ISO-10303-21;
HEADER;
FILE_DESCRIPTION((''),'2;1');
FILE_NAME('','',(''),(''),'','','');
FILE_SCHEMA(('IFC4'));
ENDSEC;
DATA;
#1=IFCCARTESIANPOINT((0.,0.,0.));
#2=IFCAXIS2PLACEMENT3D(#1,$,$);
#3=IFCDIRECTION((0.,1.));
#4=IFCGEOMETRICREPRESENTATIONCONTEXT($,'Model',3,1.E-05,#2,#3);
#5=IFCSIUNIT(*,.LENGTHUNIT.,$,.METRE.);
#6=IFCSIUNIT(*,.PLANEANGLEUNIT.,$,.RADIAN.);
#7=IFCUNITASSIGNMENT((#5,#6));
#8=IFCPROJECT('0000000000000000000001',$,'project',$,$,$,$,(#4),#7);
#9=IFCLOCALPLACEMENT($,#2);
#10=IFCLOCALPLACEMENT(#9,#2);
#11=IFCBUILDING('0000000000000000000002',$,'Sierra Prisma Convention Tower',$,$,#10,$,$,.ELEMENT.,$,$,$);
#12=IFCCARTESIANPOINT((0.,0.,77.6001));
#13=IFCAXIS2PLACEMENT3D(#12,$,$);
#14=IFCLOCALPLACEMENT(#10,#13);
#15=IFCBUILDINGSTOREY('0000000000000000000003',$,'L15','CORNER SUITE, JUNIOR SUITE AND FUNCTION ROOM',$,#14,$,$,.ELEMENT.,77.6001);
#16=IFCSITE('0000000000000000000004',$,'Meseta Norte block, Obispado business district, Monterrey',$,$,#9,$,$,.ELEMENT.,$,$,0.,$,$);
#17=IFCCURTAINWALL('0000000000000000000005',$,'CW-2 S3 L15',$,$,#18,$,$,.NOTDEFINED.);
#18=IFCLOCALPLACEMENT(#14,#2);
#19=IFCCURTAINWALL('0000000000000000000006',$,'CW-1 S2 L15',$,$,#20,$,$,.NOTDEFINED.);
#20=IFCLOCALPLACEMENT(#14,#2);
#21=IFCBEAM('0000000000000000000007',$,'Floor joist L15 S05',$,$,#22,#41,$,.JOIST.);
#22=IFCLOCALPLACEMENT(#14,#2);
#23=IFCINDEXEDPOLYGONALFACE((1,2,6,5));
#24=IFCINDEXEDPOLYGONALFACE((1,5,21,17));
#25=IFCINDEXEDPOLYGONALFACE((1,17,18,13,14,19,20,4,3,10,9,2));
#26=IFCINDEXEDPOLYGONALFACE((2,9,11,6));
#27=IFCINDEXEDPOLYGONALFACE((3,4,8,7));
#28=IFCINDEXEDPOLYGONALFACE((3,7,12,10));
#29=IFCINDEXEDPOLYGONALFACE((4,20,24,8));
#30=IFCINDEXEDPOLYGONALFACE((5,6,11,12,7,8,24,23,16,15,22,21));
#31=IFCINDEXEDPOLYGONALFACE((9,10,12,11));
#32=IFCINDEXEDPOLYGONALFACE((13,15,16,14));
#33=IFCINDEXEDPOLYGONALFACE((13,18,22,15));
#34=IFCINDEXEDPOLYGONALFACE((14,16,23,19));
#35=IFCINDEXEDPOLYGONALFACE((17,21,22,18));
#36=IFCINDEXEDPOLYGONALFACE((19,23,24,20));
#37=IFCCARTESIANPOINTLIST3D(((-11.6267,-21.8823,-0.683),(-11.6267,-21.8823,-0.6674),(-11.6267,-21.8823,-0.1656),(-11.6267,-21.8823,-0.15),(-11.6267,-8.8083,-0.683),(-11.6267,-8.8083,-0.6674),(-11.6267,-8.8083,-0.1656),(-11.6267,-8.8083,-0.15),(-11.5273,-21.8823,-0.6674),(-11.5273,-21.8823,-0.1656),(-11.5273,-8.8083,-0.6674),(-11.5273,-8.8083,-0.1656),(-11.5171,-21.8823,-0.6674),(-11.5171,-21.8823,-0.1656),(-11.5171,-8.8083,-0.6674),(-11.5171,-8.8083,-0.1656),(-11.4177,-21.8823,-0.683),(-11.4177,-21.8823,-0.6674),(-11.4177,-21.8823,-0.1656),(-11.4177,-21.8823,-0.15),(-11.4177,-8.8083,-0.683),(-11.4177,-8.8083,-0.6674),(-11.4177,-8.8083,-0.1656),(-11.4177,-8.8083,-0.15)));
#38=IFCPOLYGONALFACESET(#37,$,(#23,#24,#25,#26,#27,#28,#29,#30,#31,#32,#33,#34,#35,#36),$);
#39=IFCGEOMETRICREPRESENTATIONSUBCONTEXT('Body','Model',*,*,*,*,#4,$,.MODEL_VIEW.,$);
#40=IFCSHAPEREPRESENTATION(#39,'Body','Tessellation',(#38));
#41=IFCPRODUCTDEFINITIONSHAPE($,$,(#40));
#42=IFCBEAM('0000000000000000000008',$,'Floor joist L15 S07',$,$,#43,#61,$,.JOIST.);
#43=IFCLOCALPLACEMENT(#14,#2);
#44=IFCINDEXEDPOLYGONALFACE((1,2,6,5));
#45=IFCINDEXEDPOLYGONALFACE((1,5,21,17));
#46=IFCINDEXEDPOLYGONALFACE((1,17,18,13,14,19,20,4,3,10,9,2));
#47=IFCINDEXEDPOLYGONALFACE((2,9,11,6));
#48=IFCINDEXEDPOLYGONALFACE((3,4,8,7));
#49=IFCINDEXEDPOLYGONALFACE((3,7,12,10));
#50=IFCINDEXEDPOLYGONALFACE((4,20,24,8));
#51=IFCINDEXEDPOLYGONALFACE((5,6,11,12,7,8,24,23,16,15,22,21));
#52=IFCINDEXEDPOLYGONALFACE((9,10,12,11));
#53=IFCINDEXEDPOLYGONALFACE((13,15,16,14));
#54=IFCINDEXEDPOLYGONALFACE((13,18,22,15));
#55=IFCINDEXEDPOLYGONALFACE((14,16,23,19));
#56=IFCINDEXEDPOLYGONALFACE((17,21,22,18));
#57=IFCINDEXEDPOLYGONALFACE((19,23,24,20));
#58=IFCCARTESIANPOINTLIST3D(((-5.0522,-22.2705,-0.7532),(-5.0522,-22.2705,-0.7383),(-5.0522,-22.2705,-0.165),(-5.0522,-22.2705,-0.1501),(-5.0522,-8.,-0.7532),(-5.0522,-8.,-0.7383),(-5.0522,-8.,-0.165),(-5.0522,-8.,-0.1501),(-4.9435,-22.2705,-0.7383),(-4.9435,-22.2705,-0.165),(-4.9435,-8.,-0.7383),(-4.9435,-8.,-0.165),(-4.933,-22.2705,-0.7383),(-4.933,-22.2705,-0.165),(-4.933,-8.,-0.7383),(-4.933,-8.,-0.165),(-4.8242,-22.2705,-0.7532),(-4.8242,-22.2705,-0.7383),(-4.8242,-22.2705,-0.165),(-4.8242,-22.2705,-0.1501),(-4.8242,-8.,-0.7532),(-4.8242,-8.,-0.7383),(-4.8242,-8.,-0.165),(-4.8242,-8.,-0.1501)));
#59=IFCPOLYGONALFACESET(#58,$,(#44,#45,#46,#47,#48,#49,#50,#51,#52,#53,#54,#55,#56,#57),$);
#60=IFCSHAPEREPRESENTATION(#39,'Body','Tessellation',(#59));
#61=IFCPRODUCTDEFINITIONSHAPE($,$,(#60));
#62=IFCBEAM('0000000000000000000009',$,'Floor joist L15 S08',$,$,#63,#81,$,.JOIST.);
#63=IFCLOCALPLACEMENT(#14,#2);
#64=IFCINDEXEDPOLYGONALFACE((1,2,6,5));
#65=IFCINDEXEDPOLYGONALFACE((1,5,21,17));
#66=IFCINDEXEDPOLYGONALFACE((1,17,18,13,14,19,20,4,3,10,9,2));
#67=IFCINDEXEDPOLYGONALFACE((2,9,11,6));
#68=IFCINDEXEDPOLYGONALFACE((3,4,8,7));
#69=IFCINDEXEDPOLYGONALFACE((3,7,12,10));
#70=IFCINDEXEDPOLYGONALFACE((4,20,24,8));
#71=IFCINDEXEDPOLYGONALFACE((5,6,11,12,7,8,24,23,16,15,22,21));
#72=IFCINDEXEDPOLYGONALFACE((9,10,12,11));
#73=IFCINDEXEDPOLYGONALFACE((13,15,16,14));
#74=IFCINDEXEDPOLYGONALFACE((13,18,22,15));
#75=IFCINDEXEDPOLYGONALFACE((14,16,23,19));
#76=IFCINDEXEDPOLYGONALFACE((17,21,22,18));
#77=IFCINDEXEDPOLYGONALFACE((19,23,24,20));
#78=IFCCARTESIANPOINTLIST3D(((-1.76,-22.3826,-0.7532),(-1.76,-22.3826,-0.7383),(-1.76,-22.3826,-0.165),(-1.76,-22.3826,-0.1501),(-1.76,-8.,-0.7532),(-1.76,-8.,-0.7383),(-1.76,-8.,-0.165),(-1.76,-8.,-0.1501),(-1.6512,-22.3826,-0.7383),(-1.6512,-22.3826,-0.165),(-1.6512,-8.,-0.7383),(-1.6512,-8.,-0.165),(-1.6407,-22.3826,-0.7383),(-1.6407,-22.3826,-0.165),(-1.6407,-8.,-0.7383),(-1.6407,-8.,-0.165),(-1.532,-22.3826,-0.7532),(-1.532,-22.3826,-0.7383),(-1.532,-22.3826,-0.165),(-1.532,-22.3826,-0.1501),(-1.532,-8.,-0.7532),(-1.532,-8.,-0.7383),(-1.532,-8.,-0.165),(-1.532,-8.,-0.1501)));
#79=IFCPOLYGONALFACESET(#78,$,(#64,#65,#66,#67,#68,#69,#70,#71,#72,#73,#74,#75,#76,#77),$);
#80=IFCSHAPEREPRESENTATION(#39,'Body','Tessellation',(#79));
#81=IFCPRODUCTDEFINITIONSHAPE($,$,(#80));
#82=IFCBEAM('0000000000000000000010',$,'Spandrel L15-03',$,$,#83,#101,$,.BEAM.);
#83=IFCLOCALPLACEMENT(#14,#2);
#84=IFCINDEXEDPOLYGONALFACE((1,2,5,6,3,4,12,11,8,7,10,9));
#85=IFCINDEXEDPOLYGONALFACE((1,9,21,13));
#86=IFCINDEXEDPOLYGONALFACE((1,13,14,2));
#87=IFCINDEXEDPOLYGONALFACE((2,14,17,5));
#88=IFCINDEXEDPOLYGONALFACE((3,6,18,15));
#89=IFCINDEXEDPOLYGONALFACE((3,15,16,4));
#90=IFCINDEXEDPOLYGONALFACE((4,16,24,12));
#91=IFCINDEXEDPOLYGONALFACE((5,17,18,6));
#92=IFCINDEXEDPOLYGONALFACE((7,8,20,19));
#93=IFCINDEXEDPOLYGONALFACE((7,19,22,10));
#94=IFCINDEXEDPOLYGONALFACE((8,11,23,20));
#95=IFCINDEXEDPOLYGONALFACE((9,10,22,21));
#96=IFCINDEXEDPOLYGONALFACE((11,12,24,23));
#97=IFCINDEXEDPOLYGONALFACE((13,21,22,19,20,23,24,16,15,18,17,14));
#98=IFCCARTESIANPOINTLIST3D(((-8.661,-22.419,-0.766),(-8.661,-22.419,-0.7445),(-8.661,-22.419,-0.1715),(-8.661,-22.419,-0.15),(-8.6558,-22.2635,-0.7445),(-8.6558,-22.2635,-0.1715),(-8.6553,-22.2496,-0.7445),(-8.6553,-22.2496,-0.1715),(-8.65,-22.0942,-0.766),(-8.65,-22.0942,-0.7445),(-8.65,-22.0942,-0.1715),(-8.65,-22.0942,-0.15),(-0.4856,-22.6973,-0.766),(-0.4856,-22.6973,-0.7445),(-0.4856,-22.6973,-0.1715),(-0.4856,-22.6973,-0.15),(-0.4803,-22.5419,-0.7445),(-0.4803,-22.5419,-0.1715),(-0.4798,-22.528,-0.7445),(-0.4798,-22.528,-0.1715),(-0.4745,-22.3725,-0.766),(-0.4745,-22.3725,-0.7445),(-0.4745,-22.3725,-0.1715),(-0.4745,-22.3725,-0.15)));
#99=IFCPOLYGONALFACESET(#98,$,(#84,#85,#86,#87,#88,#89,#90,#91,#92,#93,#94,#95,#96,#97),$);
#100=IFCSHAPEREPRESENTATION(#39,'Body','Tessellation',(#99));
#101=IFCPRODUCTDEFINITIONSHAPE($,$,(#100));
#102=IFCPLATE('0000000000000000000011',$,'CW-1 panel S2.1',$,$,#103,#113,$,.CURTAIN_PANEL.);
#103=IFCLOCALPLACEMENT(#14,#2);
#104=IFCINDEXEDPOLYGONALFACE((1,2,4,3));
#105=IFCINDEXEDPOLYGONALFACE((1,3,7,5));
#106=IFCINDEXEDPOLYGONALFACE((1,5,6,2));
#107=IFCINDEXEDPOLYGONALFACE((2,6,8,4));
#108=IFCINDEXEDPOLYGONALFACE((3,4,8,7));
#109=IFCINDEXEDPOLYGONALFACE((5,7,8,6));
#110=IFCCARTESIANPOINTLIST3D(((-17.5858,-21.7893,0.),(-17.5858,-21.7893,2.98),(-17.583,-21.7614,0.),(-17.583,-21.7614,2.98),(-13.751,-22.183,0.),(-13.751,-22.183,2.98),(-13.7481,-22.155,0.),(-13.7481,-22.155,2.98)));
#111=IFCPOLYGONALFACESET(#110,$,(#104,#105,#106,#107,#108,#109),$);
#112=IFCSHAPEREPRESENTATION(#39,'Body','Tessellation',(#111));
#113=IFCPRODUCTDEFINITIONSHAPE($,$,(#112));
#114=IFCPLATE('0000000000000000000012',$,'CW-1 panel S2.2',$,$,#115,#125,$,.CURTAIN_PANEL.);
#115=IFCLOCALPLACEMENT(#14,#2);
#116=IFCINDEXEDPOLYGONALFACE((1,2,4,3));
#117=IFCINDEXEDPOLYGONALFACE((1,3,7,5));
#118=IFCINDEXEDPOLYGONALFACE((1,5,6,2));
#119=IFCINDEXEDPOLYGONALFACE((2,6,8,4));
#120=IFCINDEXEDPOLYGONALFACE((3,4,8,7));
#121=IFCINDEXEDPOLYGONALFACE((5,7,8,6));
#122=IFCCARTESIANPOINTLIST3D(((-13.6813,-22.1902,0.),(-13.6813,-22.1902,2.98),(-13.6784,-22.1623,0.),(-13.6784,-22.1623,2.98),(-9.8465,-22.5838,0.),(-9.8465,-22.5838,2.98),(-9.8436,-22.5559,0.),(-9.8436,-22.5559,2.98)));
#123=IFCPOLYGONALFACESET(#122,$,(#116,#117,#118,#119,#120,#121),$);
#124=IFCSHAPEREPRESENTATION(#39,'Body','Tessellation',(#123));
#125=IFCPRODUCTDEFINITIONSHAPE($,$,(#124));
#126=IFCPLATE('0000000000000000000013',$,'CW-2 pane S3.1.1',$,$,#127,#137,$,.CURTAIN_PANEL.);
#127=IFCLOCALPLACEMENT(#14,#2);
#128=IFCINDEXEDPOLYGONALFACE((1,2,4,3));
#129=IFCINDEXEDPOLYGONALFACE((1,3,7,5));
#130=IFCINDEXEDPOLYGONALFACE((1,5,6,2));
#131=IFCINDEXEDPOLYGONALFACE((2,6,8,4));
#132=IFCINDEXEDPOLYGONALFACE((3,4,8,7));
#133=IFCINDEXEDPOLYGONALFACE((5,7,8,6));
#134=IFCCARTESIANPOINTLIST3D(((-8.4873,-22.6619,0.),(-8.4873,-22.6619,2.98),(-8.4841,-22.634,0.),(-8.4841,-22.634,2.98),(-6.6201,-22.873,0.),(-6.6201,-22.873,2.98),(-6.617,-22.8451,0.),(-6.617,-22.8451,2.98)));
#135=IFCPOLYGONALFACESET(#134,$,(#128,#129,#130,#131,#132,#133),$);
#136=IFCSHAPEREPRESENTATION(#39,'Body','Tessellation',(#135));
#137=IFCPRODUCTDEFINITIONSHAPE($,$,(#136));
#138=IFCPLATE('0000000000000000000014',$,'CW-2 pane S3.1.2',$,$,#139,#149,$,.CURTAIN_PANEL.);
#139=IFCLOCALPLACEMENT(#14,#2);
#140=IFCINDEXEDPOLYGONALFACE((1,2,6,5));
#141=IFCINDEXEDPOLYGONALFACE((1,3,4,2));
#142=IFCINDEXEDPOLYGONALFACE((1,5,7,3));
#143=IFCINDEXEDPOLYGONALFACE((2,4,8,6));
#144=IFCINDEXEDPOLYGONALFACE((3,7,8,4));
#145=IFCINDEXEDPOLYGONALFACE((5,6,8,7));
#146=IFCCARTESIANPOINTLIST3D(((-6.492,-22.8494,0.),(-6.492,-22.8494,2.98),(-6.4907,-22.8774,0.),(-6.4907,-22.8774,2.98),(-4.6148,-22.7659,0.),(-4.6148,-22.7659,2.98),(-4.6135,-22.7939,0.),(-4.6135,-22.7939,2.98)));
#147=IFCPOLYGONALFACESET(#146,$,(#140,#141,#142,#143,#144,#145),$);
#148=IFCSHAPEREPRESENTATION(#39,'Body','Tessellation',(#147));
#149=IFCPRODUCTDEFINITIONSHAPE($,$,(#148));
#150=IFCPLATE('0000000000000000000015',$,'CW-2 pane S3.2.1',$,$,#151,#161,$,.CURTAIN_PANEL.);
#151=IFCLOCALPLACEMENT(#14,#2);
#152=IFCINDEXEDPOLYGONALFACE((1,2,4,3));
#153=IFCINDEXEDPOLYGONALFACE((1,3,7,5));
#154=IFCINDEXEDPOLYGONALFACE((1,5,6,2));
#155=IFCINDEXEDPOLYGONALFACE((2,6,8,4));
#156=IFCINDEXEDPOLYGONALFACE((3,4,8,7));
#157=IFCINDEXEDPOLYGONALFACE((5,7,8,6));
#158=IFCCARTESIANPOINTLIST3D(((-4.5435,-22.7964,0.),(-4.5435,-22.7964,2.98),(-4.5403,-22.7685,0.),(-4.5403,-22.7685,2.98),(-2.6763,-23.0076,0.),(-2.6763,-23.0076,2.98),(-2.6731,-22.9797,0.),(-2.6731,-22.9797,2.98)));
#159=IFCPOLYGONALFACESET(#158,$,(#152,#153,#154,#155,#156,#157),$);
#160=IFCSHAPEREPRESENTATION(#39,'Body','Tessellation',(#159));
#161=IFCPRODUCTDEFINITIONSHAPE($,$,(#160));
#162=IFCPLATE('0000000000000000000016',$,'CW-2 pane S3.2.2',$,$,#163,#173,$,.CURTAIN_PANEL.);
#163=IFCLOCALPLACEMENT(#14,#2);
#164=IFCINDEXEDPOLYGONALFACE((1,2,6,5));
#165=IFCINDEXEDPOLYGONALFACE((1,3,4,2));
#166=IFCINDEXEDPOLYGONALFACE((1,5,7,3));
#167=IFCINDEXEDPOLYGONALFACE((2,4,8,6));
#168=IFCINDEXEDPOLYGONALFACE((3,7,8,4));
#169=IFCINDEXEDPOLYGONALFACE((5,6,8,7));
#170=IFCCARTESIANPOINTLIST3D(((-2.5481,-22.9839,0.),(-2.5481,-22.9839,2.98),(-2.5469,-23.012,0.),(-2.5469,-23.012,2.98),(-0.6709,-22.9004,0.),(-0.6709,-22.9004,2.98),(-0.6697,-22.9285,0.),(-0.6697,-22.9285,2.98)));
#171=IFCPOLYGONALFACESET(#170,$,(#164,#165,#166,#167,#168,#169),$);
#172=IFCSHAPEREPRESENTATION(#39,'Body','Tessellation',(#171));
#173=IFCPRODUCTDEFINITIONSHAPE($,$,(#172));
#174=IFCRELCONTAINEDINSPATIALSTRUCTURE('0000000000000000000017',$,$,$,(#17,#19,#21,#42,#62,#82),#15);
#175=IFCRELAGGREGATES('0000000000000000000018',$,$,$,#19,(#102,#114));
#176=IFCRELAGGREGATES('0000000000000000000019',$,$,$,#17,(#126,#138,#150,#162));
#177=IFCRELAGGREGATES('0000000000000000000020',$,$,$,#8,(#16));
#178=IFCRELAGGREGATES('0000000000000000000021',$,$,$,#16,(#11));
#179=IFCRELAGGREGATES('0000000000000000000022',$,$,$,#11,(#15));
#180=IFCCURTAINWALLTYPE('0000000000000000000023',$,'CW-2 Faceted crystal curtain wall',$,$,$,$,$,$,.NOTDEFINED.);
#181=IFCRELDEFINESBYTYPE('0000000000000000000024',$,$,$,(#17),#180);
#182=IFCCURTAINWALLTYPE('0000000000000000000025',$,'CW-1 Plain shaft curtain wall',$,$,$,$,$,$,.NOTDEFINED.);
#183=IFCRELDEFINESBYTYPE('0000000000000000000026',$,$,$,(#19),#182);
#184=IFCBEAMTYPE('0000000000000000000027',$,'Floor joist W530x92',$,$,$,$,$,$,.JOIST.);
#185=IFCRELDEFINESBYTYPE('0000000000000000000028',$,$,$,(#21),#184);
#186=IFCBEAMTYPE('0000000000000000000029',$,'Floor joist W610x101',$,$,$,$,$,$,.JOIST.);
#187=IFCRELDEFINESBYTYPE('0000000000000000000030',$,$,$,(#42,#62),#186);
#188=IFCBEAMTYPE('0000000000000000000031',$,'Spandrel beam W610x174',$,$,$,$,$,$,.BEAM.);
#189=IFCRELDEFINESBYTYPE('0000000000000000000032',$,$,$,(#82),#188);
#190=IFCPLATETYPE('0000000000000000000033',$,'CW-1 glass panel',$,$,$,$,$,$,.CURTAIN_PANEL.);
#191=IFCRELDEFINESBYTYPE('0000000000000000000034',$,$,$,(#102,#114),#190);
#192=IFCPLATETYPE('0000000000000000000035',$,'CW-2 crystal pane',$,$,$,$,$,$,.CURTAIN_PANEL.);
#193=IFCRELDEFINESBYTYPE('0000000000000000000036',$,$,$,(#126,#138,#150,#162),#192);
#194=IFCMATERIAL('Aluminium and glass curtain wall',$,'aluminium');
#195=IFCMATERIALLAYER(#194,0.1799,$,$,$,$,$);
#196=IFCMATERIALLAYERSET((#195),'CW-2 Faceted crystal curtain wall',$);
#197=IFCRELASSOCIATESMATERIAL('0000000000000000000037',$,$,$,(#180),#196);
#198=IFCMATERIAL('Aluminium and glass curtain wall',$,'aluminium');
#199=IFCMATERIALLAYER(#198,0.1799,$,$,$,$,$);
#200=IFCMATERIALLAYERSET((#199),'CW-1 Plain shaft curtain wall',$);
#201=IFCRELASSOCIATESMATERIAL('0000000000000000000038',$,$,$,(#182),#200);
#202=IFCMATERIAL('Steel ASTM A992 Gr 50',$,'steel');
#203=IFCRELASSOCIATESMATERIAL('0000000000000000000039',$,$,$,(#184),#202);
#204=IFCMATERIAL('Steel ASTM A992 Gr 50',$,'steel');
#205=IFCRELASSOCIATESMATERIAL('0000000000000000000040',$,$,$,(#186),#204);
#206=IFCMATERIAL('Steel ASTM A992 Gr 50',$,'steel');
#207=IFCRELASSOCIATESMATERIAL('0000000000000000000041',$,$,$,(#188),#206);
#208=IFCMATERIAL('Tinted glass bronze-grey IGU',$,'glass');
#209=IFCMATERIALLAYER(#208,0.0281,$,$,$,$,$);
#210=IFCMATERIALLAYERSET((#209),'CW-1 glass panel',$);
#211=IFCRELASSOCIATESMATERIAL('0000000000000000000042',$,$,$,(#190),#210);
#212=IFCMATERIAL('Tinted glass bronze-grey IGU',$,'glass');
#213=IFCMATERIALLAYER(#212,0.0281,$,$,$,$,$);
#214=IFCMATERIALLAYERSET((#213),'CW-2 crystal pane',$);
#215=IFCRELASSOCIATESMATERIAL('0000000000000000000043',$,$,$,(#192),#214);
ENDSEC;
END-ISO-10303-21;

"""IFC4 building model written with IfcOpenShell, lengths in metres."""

from ifc_helpers import new_model, si_unit, direction, frame, origin, origin_2d, place, context, subcontext, project, spatial, polyline, rectangle, i_section, outline, extrude, material, layer, layer_set, material_profile, profile_set, type_object, element, aggregate, save


model = new_model("IFC4")

# Units and contexts
model_context = context("Model", 3, precision=1e-05, world=origin(), true_north=direction((0.0, 1.0)))
body_context = subcontext(model_context, "Body", "Model", "MODEL_VIEW")
ifc_project = project(units=[si_unit("LENGTHUNIT", "METRE"), si_unit("PLANEANGLEUNIT", "RADIAN")], contexts=[model_context])

# Site, building, storey
site_placement = place(None, origin())
site = spatial("IfcSite", under=ifc_project, at=site_placement, Name="Meseta Norte block, Obispado business district, Monterrey", CompositionType="ELEMENT", RefElevation=0.0)
building_placement = place(site_placement, origin())
building = spatial("IfcBuilding", under=site, at=building_placement, Name="Sierra Prisma Convention Tower", CompositionType="ELEMENT")
storey_placement = place(building_placement, frame((0.0, 0.0, 77.6001)))
storey = spatial("IfcBuildingStorey", under=building, at=storey_placement, Name="L15", Description="CORNER SUITE, JUNIOR SUITE AND FUNCTION ROOM", CompositionType="ELEMENT", Elevation=77.6001)

# Curtain walls
ifc_material_1 = material(Name="Aluminium and glass curtain wall", Category="aluminium")
ifc_layer_1 = layer(ifc_material_1, 0.1799)
ifc_layer_set_1 = layer_set([ifc_layer_1], Name="CW-2 Faceted crystal curtain wall")
curtain_wall_type_1 = type_object("IfcCurtainWallType", Name="CW-2 Faceted crystal curtain wall", PredefinedType="NOTDEFINED", material=ifc_layer_set_1)
curtain_wall_1_placement = place(storey_placement, origin())
curtain_wall_1 = element("IfcCurtainWall", 1, at=curtain_wall_1_placement, inside=storey, type_object=curtain_wall_type_1, Name="CW-2 S3 L15", PredefinedType="NOTDEFINED")
ifc_material_2 = material(Name="Aluminium and glass curtain wall", Category="aluminium")
ifc_layer_2 = layer(ifc_material_2, 0.1799)
ifc_layer_set_2 = layer_set([ifc_layer_2], Name="CW-1 Plain shaft curtain wall")
curtain_wall_type_2 = type_object("IfcCurtainWallType", Name="CW-1 Plain shaft curtain wall", PredefinedType="NOTDEFINED", material=ifc_layer_set_2)
curtain_wall_2_placement = place(storey_placement, origin())
curtain_wall_2 = element("IfcCurtainWall", 2, at=curtain_wall_2_placement, inside=storey, type_object=curtain_wall_type_2, Name="CW-1 S2 L15", PredefinedType="NOTDEFINED")

# Beams
ifc_material_3 = material(Name="Steel ASTM A992 Gr 50", Category="steel")
ifc_material_profile_1 = material_profile(ifc_material_3, i_section(OverallWidth=0.209, OverallDepth=0.533, WebThickness=0.0103, FlangeThickness=0.0156, at=origin_2d()), Name="W530x92")
ifc_profile_set_1 = profile_set([ifc_material_profile_1], Name="Steel ASTM A992 Gr 50")
beam_type_1 = type_object("IfcBeamType", Name="Floor joist W530x92", PredefinedType="JOIST", material=ifc_profile_set_1)
beam_1_placement = place(storey_placement, frame((-11.5222, -21.8823, -0.4165), z_axis=(0.0, 1.0, 0.0), x_axis=(-1.0, 0.0, 0.0)))
element("IfcBeam", 3, at=beam_1_placement, inside=storey, type_object=beam_type_1, Name="Floor joist L15 S05", PredefinedType="JOIST", context=body_context, shape_type="SweptSolid", body=[
    extrude(i_section(OverallWidth=0.209, OverallDepth=0.533, WebThickness=0.0103, FlangeThickness=0.0156, at=origin_2d()), origin(), (0.0, 0.0, 1.0), 13.074),
])
ifc_material_4 = material(Name="Steel ASTM A992 Gr 50", Category="steel")
ifc_material_profile_2 = material_profile(ifc_material_4, i_section(OverallWidth=0.228, OverallDepth=0.603, WebThickness=0.0105, FlangeThickness=0.0149, at=origin_2d()), Name="W610x101")
ifc_profile_set_2 = profile_set([ifc_material_profile_2], Name="Steel ASTM A992 Gr 50")
beam_type_2 = type_object("IfcBeamType", Name="Floor joist W610x101", PredefinedType="JOIST", material=ifc_profile_set_2)
beam_2_placement = place(storey_placement, frame((-4.9382, -22.2705, -0.4517), z_axis=(0.0, 1.0, 0.0), x_axis=(-1.0, 0.0, 0.0)))
element("IfcBeam", 4, at=beam_2_placement, inside=storey, type_object=beam_type_2, Name="Floor joist L15 S07", PredefinedType="JOIST", context=body_context, shape_type="SweptSolid", body=[
    extrude(i_section(OverallWidth=0.228, OverallDepth=0.603, WebThickness=0.0105, FlangeThickness=0.0149, at=origin_2d()), origin(), (0.0, 0.0, 1.0), 14.2705),
])
beam_3_placement = place(storey_placement, frame((-1.646, -22.3826, -0.4517), z_axis=(0.0, 1.0, 0.0), x_axis=(-1.0, 0.0, 0.0)))
element("IfcBeam", 5, at=beam_3_placement, inside=storey, type_object=beam_type_2, Name="Floor joist L15 S08", PredefinedType="JOIST", context=body_context, shape_type="SweptSolid", body=[
    extrude(i_section(OverallWidth=0.228, OverallDepth=0.603, WebThickness=0.0105, FlangeThickness=0.0149, at=origin_2d()), origin(), (0.0, 0.0, 1.0), 14.3826),
])
ifc_material_5 = material(Name="Steel ASTM A992 Gr 50", Category="steel")
ifc_material_profile_3 = material_profile(ifc_material_5, i_section(OverallWidth=0.325, OverallDepth=0.616, WebThickness=0.0139, FlangeThickness=0.0215, at=origin_2d()), Name="W610x174")
ifc_profile_set_3 = profile_set([ifc_material_profile_3], Name="Steel ASTM A992 Gr 50")
beam_type_3 = type_object("IfcBeamType", Name="Spandrel beam W610x174", PredefinedType="BEAM", material=ifc_profile_set_3)
beam_4_placement = place(storey_placement, frame((-8.6555, -22.2566, -0.458), z_axis=(0.999421, -0.034023, 0.0), x_axis=(0.034023, 0.999421, 0.0)))
element("IfcBeam", 6, at=beam_4_placement, inside=storey, type_object=beam_type_3, Name="Spandrel L15-03", PredefinedType="BEAM", context=body_context, shape_type="SweptSolid", body=[
    extrude(i_section(OverallWidth=0.325, OverallDepth=0.616, WebThickness=0.0139, FlangeThickness=0.0215, at=origin_2d()), origin(), (0.0, 0.0, 1.0), 8.1802),
])

# Plates
ifc_material_6 = material(Name="Tinted glass bronze-grey IGU", Category="glass")
ifc_layer_3 = layer(ifc_material_6, 0.0281)
ifc_layer_set_3 = layer_set([ifc_layer_3], Name="CW-1 glass panel")
plate_type_1 = type_object("IfcPlateType", Name="CW-1 glass panel", PredefinedType="CURTAIN_PANEL", material=ifc_layer_set_3)
plate_1_placement = place(storey_placement, frame((-15.667, -21.9722, 0.0), z_axis=(0.0, 0.0, 1.0), x_axis=(0.994773, -0.102112, 0.0)))
plate_1 = element("IfcPlate", 7, at=plate_1_placement, type_object=plate_type_1, Name="CW-1 panel S2.1", PredefinedType="CURTAIN_PANEL", context=body_context, shape_type="SweptSolid", body=[
    extrude(rectangle(XDim=3.855, YDim=0.0281, at=origin_2d()), origin(), (0.0, 0.0, 1.0), 2.98),
])
plate_2_placement = place(storey_placement, frame((-11.7625, -22.373, 0.0), z_axis=(0.0, 0.0, 1.0), x_axis=(0.994773, -0.102112, 0.0)))
plate_2 = element("IfcPlate", 8, at=plate_2_placement, type_object=plate_type_1, Name="CW-1 panel S2.2", PredefinedType="CURTAIN_PANEL", context=body_context, shape_type="SweptSolid", body=[
    extrude(rectangle(XDim=3.855, YDim=0.0281, at=origin_2d()), origin(), (0.0, 0.0, 1.0), 2.98),
])
aggregate(curtain_wall_2, [plate_1, plate_2])
ifc_material_7 = material(Name="Tinted glass bronze-grey IGU", Category="glass")
ifc_layer_4 = layer(ifc_material_7, 0.0281)
ifc_layer_set_4 = layer_set([ifc_layer_4], Name="CW-2 crystal pane")
plate_type_2 = type_object("IfcPlateType", Name="CW-2 crystal pane", PredefinedType="CURTAIN_PANEL", material=ifc_layer_set_4)
plate_3_placement = place(storey_placement, frame((-8.4873, -22.6619, 0.0), z_axis=(-0.112385, -0.993665, 0.0), x_axis=(0.993665, -0.112385, 0.0)))
plate_3 = element("IfcPlate", 9, at=plate_3_placement, type_object=plate_type_2, Name="CW-2 pane S3.1.1", PredefinedType="CURTAIN_PANEL", context=body_context, shape_type="SweptSolid", body=[
    extrude(outline(polyline([(0.0, 0.0), (1.8791, 0.0), (1.8791, 2.98), (0.0, 2.98), (0.0, 0.0)])), origin(), (0.0, 0.0, -1.0), 0.0281),
])
plate_4_placement = place(storey_placement, frame((-4.6135, -22.7939, 0.0), z_axis=(0.044435, -0.999012, 0.0), x_axis=(-0.999012, -0.044435, 0.0)))
plate_4 = element("IfcPlate", 10, at=plate_4_placement, type_object=plate_type_2, Name="CW-2 pane S3.1.2", PredefinedType="CURTAIN_PANEL", context=body_context, shape_type="SweptSolid", body=[
    extrude(outline(polyline([(0.0, 0.0), (1.8791, 0.0), (1.8791, -2.98), (0.0, -2.98), (0.0, 0.0)])), origin(), (0.0, 0.0, -1.0), 0.0281),
])
plate_5_placement = place(storey_placement, frame((-4.5435, -22.7964, 0.0), z_axis=(-0.112385, -0.993665, 0.0), x_axis=(0.993665, -0.112385, 0.0)))
plate_5 = element("IfcPlate", 11, at=plate_5_placement, type_object=plate_type_2, Name="CW-2 pane S3.2.1", PredefinedType="CURTAIN_PANEL", context=body_context, shape_type="SweptSolid", body=[
    extrude(outline(polyline([(0.0, 0.0), (1.8791, 0.0), (1.8791, 2.98), (0.0, 2.98), (0.0, 0.0)])), origin(), (0.0, 0.0, -1.0), 0.0281),
])
plate_6_placement = place(storey_placement, frame((-0.6697, -22.9285, 0.0), z_axis=(0.044435, -0.999012, 0.0), x_axis=(-0.999012, -0.044435, 0.0)))
plate_6 = element("IfcPlate", 12, at=plate_6_placement, type_object=plate_type_2, Name="CW-2 pane S3.2.2", PredefinedType="CURTAIN_PANEL", context=body_context, shape_type="SweptSolid", body=[
    extrude(outline(polyline([(0.0, 0.0), (1.8791, 0.0), (1.8791, -2.98), (0.0, -2.98), (0.0, 0.0)])), origin(), (0.0, 0.0, -1.0), 0.0281),
])
aggregate(curtain_wall_1, [plate_3, plate_4, plate_5, plate_6])

save(model, "model.ifc")
